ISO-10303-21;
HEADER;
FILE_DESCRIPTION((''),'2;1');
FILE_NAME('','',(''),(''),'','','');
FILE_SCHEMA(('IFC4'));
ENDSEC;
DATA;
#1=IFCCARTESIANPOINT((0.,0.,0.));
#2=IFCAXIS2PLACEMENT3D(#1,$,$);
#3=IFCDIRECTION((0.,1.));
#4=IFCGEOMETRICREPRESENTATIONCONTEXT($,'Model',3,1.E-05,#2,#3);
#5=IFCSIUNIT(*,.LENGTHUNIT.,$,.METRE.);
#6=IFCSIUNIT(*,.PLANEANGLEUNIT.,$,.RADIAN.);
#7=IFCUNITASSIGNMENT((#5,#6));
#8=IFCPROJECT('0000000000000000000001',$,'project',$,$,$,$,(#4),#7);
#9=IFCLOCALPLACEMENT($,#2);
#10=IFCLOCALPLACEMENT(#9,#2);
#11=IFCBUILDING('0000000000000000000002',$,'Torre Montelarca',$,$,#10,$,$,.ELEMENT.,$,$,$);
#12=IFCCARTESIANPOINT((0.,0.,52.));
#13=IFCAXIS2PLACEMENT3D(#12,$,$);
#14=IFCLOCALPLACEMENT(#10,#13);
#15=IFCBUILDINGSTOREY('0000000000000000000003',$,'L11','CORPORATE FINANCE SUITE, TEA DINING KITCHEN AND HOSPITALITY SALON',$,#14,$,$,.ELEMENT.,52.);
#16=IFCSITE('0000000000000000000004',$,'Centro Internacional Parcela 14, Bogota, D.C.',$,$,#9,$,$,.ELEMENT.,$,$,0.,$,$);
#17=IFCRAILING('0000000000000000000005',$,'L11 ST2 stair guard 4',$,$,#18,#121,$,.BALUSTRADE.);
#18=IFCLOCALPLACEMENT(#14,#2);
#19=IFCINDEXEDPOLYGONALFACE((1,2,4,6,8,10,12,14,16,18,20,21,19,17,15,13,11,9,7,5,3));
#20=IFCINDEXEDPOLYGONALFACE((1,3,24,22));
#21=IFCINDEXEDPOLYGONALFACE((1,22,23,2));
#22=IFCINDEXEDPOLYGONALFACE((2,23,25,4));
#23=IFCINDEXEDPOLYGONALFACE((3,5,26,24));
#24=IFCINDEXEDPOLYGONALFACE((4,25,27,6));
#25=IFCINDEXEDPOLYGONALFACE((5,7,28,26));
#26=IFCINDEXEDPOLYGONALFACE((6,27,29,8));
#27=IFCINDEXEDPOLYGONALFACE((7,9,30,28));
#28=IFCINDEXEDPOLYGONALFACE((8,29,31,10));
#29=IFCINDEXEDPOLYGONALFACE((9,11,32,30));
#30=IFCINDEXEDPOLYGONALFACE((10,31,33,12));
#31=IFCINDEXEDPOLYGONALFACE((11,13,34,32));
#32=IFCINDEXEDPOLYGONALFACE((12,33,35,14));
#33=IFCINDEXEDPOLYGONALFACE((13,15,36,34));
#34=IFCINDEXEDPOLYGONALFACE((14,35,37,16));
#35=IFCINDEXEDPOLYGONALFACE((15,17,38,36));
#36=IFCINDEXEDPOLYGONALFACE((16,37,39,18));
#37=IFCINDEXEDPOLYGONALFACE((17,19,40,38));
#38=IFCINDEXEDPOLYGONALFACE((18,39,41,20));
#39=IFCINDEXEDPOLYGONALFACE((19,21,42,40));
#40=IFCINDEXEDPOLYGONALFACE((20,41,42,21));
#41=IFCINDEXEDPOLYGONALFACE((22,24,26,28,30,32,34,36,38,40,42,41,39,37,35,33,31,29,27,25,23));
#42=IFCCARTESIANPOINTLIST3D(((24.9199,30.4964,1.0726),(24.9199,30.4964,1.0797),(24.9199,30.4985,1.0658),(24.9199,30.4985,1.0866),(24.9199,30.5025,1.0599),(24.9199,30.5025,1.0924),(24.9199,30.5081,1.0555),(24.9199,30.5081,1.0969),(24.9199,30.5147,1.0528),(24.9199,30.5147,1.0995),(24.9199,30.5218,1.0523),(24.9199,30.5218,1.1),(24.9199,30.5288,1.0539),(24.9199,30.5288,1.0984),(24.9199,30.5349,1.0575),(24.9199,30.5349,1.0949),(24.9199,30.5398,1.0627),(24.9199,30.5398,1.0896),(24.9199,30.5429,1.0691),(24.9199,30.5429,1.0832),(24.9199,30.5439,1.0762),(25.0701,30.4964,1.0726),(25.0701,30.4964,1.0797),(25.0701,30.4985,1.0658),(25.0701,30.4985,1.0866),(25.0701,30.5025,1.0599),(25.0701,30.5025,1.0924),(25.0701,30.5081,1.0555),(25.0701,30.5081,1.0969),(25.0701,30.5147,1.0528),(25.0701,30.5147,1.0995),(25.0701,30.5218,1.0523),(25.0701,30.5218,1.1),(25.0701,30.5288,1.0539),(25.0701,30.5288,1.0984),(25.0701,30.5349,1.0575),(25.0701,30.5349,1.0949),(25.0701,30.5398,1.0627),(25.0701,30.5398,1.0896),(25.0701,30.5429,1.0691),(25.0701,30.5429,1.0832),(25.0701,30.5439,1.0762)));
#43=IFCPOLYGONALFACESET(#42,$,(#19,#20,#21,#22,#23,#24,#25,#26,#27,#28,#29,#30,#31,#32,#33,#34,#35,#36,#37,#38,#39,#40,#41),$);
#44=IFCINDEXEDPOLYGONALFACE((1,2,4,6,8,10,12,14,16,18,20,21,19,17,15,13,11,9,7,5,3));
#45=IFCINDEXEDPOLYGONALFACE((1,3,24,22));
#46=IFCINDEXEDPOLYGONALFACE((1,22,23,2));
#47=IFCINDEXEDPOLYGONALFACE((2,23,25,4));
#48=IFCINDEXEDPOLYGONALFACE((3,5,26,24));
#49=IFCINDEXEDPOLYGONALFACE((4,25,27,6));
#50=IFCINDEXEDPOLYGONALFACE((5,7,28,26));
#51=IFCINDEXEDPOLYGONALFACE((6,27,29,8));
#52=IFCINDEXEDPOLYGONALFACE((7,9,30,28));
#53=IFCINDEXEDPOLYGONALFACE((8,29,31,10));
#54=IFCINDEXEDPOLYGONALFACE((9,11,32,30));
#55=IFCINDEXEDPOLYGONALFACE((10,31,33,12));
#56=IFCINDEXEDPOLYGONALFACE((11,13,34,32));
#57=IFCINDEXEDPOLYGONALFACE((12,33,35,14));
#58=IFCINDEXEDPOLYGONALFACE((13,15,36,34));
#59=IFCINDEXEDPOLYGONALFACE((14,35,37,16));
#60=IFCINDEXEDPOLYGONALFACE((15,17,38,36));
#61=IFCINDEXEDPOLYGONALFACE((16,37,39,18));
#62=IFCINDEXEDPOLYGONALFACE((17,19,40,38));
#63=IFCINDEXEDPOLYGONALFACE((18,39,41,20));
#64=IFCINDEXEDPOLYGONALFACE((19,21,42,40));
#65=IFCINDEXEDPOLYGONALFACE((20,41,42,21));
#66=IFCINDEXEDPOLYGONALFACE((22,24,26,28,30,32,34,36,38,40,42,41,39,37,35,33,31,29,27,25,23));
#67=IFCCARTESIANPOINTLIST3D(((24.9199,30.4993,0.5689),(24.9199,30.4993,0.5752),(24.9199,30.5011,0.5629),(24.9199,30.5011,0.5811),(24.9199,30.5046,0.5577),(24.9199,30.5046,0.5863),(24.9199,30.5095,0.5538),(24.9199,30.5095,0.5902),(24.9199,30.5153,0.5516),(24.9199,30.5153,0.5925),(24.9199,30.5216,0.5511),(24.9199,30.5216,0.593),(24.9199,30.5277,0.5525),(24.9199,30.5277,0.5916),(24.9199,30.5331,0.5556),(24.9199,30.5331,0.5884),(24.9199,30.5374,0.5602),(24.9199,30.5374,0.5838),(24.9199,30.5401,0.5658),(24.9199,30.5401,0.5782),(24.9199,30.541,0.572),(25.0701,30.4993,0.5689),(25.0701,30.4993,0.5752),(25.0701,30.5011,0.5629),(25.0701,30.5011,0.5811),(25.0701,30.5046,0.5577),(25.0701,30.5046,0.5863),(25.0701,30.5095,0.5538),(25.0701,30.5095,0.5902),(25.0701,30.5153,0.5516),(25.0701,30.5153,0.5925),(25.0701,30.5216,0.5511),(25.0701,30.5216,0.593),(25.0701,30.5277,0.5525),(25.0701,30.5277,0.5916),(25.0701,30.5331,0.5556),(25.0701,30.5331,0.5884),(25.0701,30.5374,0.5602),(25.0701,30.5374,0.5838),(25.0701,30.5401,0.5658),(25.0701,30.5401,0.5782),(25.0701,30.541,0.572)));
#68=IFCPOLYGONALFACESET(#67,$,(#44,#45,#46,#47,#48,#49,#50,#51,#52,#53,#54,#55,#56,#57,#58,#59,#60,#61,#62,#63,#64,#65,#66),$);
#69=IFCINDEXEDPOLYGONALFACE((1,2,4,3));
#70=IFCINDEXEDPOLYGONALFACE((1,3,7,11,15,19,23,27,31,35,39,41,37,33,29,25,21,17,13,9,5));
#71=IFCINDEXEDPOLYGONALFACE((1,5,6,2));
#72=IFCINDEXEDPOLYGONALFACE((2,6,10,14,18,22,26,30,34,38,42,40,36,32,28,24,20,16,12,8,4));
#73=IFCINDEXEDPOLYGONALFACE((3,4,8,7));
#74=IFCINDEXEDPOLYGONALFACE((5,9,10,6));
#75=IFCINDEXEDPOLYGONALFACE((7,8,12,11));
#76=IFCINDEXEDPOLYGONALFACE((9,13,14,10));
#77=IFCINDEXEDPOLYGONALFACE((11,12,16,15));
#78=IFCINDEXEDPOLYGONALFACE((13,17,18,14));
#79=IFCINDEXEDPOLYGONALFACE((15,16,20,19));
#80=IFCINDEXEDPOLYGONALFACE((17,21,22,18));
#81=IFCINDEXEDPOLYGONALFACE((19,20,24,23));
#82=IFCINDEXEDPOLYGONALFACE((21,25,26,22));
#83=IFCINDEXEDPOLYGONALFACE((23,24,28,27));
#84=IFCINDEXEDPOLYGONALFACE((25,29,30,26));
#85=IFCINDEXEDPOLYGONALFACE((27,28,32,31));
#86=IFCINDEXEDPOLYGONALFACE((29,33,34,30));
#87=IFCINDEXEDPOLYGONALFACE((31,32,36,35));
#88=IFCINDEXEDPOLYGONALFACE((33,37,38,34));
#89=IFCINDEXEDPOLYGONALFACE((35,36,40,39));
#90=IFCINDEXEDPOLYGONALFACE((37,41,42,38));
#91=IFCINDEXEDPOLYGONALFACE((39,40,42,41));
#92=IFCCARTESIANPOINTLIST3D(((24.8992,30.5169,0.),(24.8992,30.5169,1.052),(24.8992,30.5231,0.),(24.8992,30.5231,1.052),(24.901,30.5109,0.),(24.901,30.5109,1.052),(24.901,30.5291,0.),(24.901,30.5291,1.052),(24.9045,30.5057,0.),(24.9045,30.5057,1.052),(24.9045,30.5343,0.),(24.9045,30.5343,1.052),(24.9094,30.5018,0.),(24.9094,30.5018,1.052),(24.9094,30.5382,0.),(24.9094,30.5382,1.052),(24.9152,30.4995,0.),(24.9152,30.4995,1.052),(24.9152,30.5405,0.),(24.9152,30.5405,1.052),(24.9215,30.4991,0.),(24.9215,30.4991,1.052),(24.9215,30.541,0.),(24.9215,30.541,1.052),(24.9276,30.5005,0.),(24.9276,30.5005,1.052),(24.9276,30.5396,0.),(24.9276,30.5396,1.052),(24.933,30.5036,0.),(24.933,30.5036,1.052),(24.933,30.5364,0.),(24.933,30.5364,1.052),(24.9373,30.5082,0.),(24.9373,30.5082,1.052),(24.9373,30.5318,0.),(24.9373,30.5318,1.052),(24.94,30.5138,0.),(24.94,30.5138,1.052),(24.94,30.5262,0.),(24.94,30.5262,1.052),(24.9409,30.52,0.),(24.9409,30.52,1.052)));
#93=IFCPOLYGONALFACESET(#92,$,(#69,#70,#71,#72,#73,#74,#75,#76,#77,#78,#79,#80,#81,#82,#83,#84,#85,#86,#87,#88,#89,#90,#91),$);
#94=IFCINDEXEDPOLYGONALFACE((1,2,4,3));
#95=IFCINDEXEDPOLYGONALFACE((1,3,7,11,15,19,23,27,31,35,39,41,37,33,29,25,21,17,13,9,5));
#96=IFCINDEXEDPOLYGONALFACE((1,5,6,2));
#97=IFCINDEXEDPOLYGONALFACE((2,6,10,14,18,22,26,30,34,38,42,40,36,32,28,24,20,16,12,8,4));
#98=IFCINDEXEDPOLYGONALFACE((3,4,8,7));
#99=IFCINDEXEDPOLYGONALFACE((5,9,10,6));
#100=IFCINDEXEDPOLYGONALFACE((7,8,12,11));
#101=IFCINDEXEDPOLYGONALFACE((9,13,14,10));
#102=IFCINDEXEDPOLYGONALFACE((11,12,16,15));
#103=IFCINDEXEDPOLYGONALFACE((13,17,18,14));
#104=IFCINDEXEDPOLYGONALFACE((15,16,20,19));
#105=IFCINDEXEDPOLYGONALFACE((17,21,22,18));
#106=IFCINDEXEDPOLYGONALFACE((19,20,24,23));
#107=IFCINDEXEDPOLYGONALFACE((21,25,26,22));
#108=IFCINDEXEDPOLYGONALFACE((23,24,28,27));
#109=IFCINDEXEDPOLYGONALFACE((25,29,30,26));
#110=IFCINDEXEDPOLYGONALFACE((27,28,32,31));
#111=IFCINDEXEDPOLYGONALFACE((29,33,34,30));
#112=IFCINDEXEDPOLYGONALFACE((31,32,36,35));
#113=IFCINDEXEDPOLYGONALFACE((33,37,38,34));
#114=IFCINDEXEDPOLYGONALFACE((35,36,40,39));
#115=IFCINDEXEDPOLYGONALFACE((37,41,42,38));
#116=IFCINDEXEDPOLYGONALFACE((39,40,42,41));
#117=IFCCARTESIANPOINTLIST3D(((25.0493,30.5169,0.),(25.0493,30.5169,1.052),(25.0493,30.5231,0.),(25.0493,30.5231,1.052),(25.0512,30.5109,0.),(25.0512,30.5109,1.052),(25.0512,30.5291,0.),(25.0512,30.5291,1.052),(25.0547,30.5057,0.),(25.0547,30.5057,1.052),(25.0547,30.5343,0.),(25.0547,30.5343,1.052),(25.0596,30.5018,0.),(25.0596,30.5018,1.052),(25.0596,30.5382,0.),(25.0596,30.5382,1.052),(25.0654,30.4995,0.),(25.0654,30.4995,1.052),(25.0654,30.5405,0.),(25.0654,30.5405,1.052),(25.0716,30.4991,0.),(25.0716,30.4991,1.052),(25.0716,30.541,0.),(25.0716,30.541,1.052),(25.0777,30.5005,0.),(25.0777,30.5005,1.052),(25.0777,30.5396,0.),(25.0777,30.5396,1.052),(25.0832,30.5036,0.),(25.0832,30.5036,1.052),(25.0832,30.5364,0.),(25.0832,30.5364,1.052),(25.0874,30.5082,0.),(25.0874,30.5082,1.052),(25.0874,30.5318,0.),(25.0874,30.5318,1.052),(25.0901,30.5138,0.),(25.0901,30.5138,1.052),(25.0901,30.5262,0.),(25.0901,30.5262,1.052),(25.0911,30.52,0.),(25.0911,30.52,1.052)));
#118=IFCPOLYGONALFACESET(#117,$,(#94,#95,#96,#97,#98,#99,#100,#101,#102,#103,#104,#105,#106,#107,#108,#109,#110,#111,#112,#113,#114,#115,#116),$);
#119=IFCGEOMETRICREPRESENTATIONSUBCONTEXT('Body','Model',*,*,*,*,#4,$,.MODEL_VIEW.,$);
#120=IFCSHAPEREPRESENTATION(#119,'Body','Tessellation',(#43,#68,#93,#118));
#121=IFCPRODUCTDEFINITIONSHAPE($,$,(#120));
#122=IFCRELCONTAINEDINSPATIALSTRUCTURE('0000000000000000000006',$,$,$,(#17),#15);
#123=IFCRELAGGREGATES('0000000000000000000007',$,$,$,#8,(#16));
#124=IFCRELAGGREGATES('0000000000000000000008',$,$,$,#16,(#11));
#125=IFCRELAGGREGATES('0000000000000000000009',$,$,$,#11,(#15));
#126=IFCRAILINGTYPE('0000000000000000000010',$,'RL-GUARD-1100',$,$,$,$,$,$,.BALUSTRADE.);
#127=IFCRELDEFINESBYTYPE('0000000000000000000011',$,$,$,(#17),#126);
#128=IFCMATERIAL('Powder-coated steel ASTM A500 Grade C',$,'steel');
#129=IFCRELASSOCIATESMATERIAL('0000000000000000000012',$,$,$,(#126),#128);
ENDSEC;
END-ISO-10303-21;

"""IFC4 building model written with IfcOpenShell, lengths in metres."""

from ifc_helpers import new_model, si_unit, direction, frame, origin, origin_2d, place, context, subcontext, project, spatial, circle, extrude, material, type_object, element, save


model = new_model("IFC4")

# Units and contexts
model_context = context("Model", 3, precision=1e-05, world=origin(), true_north=direction((0.0, 1.0)))
body_context = subcontext(model_context, "Body", "Model", "MODEL_VIEW")
ifc_project = project(units=[si_unit("LENGTHUNIT", "METRE"), si_unit("PLANEANGLEUNIT", "RADIAN")], contexts=[model_context])

# Site, building, storey
site_placement = place(None, origin())
site = spatial("IfcSite", under=ifc_project, at=site_placement, Name="Centro Internacional Parcela 14, Bogota, D.C.", CompositionType="ELEMENT", RefElevation=0.0)
building_placement = place(site_placement, origin())
building = spatial("IfcBuilding", under=site, at=building_placement, Name="Torre Montelarca", CompositionType="ELEMENT")
storey_placement = place(building_placement, frame((0.0, 0.0, 52.0)))
storey = spatial("IfcBuildingStorey", under=building, at=storey_placement, Name="L11", Description="CORPORATE FINANCE SUITE, TEA DINING KITCHEN AND HOSPITALITY SALON", CompositionType="ELEMENT", Elevation=52.0)

# Railing
ifc_material_1 = material(Name="Powder-coated steel ASTM A500 Grade C", Category="steel")
railing_type_1 = type_object("IfcRailingType", Name="RL-GUARD-1100", PredefinedType="BALUSTRADE", material=ifc_material_1)
railing_1_placement = place(storey_placement, frame((24.9199, 30.52, 0.0)))
element("IfcRailing", 1, at=railing_1_placement, inside=storey, type_object=railing_type_1, Name="L11 ST2 stair guard 4", PredefinedType="BALUSTRADE", context=body_context, shape_type="SweptSolid", body=[
    extrude(circle(Radius=0.0239, at=origin_2d()), frame((0.0, 0.0, 1.0762), z_axis=(1.0, 0.0, 0.0), x_axis=(0.0, 1.0, 0.0)), (0.0, 0.0, 1.0), 0.1501),
    extrude(circle(Radius=0.021, at=origin_2d()), frame((0.0, 0.0, 0.572), z_axis=(1.0, 0.0, 0.0), x_axis=(0.0, 1.0, 0.0)), (0.0, 0.0, 1.0), 0.1501),
    extrude(circle(Radius=0.021, at=origin_2d()), origin(), (0.0, 0.0, 1.0), 1.052),
    extrude(circle(Radius=0.021, at=origin_2d()), frame((0.1501, 0.0, 0.0)), (0.0, 0.0, 1.0), 1.052),
])

save(model, "model.ifc")
